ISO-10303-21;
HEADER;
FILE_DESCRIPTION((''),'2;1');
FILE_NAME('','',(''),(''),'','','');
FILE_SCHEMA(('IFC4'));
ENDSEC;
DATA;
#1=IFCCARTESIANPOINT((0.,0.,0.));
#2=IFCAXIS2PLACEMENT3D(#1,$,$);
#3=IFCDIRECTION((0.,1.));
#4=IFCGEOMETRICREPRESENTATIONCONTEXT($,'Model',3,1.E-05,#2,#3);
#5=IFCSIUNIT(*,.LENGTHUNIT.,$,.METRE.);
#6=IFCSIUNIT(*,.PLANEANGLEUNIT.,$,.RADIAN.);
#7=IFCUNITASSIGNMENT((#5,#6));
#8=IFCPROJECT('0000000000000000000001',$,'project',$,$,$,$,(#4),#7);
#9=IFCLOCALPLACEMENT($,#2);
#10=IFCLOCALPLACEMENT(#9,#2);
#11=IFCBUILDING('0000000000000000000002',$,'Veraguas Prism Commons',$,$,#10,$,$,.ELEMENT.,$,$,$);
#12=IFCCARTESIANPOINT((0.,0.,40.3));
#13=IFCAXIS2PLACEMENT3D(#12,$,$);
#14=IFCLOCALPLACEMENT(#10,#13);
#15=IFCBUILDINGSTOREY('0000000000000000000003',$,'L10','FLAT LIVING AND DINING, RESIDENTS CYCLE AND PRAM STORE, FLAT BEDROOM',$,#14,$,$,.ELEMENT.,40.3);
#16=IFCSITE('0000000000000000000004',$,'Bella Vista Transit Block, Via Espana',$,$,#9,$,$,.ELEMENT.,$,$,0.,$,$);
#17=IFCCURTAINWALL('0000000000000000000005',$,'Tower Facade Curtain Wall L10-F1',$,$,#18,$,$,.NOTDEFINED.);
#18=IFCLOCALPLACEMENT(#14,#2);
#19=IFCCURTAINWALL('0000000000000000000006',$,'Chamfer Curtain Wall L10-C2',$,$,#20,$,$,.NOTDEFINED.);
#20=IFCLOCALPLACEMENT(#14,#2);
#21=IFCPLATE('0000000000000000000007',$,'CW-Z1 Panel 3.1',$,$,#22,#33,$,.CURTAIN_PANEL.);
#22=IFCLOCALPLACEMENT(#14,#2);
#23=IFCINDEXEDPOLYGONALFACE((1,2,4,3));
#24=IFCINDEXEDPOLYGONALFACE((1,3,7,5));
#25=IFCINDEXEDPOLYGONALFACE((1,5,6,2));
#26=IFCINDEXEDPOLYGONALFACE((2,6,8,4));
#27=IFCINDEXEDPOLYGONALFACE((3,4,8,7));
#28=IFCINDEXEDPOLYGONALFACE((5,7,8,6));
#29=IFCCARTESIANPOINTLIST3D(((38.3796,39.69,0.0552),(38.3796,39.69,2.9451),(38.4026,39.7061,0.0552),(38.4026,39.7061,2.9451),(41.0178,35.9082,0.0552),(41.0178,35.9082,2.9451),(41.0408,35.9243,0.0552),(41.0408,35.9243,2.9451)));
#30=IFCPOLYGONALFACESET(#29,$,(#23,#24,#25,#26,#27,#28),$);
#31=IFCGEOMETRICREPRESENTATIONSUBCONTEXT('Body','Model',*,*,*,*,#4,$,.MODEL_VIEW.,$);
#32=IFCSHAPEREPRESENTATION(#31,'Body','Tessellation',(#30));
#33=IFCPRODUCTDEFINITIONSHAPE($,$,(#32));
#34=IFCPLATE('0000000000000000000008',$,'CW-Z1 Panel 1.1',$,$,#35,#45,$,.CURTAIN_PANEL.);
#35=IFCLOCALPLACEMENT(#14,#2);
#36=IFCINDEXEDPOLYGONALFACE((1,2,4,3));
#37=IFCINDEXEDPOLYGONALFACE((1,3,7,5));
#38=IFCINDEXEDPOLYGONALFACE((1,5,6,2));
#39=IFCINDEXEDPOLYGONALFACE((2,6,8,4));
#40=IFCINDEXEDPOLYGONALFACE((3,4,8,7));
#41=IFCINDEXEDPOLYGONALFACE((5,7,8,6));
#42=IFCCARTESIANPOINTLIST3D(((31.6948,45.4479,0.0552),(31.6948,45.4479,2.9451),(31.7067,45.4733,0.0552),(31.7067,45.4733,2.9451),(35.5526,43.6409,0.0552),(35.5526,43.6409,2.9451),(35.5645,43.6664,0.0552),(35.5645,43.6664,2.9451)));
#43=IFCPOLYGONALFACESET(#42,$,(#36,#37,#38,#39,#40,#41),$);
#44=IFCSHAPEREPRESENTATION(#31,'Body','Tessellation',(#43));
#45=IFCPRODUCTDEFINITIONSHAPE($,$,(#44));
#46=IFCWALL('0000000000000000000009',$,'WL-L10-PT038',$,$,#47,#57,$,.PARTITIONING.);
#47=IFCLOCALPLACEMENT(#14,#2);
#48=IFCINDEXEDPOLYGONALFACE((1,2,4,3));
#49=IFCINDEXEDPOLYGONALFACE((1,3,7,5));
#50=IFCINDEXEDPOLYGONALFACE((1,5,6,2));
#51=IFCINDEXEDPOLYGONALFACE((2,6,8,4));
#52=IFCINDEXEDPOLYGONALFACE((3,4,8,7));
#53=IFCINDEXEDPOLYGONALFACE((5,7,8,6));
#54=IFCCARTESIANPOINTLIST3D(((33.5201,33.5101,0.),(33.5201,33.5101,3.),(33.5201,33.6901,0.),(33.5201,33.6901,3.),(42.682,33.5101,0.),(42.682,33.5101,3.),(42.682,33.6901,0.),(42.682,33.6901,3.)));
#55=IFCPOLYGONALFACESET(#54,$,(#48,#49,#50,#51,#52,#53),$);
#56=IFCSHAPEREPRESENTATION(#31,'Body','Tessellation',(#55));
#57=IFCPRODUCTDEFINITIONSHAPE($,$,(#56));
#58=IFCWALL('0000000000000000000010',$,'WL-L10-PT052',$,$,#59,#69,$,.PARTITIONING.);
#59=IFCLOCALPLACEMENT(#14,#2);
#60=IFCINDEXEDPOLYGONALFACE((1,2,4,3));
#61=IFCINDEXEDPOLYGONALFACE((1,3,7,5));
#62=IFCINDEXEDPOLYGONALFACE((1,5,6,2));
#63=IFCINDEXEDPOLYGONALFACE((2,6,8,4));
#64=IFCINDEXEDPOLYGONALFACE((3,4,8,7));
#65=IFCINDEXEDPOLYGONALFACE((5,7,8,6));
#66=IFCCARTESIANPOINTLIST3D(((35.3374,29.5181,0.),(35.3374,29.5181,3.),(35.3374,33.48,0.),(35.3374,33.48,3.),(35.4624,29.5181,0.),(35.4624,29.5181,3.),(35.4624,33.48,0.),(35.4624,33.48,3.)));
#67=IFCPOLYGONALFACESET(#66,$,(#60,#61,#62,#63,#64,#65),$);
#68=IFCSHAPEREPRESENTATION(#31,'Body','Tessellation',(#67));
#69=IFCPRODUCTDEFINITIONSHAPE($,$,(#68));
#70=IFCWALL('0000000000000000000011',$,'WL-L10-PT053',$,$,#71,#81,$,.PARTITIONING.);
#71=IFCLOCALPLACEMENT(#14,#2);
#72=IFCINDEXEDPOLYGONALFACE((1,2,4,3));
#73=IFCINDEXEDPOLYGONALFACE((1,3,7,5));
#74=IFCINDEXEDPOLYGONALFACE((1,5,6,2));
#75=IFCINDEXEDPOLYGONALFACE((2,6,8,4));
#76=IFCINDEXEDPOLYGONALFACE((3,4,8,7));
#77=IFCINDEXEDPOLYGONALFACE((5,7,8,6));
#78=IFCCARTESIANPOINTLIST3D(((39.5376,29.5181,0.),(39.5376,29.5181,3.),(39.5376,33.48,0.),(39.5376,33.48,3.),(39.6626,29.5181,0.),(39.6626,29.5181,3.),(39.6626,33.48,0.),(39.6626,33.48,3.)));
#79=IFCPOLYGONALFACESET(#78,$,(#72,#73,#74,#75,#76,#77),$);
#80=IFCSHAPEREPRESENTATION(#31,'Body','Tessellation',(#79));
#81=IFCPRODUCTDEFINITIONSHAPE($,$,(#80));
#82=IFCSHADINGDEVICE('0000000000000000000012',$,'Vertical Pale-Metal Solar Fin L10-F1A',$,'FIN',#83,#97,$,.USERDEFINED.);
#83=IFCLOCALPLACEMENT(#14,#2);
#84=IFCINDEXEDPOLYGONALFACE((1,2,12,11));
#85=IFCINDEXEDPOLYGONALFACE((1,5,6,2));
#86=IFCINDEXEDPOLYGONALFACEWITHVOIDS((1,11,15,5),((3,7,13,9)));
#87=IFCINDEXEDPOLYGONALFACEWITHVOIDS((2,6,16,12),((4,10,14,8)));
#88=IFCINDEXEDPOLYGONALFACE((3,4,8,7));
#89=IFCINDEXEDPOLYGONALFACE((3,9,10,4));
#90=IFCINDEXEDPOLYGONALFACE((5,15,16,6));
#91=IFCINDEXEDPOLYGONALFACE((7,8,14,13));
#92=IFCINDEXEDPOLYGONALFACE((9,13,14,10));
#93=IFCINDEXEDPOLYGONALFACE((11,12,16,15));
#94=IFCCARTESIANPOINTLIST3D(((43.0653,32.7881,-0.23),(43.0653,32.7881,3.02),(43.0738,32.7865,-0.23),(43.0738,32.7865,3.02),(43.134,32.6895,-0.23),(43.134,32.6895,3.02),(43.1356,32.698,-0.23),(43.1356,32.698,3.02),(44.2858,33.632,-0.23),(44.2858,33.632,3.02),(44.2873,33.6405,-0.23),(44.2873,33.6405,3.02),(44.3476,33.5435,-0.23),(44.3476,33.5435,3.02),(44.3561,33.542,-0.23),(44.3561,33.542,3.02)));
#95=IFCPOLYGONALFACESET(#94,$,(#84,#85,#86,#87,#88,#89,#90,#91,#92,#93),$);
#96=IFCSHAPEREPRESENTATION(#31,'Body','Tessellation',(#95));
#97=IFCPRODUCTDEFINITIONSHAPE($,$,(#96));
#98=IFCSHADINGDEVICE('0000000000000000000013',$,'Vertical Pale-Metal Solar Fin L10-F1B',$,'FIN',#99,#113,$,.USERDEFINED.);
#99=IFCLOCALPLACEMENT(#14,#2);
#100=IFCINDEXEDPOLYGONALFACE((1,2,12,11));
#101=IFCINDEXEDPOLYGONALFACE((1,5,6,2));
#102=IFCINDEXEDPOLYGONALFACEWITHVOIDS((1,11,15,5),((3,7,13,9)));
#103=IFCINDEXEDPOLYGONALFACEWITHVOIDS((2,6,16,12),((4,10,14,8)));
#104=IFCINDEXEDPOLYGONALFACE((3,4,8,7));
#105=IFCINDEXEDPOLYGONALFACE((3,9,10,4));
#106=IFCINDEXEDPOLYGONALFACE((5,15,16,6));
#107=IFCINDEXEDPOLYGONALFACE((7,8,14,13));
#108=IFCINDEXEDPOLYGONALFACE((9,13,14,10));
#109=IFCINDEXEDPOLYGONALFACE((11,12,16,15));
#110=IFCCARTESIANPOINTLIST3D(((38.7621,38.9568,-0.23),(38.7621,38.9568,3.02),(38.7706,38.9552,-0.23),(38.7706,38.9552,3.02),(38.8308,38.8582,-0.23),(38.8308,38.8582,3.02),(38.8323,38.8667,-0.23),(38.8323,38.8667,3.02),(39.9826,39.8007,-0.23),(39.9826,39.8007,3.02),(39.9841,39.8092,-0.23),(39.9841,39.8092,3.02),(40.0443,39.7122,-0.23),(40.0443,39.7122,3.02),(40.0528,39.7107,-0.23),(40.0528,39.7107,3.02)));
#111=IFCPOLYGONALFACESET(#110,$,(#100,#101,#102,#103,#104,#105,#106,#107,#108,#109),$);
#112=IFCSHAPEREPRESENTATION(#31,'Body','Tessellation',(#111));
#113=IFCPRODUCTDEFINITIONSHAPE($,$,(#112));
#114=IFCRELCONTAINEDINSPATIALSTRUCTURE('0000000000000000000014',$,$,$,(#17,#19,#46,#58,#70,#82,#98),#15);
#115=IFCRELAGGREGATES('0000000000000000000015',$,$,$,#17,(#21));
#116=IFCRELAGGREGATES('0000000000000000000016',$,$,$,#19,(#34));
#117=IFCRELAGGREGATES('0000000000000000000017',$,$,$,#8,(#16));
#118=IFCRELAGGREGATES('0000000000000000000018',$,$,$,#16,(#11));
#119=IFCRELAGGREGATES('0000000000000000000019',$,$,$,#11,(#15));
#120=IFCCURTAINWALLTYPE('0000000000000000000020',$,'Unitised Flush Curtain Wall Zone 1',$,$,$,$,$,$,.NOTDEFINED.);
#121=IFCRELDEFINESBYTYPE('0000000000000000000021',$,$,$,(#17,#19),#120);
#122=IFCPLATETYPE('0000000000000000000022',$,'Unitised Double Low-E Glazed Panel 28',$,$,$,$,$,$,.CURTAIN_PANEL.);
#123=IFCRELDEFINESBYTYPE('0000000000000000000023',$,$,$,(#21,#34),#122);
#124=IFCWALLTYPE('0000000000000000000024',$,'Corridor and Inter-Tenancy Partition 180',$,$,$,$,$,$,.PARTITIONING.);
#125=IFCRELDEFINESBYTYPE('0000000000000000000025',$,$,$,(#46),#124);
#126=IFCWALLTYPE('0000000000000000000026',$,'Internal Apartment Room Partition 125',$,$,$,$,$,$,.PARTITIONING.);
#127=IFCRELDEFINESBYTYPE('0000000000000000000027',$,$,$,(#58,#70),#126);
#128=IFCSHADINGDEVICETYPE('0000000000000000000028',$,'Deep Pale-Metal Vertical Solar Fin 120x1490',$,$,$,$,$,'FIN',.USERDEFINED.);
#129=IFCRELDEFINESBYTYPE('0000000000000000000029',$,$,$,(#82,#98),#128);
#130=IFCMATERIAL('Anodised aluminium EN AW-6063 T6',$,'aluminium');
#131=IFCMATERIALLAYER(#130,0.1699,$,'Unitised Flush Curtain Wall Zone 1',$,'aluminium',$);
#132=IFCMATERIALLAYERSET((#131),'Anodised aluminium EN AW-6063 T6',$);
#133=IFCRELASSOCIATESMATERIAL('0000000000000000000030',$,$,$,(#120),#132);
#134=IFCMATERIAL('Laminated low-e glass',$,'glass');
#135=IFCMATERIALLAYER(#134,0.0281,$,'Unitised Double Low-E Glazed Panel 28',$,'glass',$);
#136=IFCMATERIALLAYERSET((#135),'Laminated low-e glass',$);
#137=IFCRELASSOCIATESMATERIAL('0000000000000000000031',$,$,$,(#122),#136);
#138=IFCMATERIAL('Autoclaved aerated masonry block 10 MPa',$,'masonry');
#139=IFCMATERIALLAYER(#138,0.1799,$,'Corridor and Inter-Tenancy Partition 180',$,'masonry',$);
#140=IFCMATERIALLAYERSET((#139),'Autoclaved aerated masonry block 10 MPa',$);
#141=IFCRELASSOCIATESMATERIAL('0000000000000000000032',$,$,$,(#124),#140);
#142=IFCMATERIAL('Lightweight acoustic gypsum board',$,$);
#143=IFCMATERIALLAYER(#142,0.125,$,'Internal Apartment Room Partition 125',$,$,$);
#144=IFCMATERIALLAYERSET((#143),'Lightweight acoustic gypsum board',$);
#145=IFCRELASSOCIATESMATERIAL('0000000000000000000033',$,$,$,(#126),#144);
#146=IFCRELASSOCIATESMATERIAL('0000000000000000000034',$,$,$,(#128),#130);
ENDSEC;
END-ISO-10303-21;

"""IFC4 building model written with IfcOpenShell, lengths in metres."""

from ifc_helpers import new_model, si_unit, direction, frame, frame_2d, origin, origin_2d, place, context, subcontext, project, spatial, rectangle, hollow_rectangle, extrude, source, transform, mapped, material, layer, layer_set, material_profile, profile_set, type_object, element, aggregate, save


model = new_model("IFC4")

# Units and contexts
model_context = context("Model", 3, precision=1e-05, world=origin(), true_north=direction((0.0, 1.0)))
body_context = subcontext(model_context, "Body", "Model", "MODEL_VIEW")
ifc_project = project(units=[si_unit("LENGTHUNIT", "METRE"), si_unit("PLANEANGLEUNIT", "RADIAN")], contexts=[model_context])

# Site, building, storey
site_placement = place(None, origin())
site = spatial("IfcSite", under=ifc_project, at=site_placement, Name="Bella Vista Transit Block, Via Espana", CompositionType="ELEMENT", RefElevation=0.0)
building_placement = place(site_placement, origin())
building = spatial("IfcBuilding", under=site, at=building_placement, Name="Veraguas Prism Commons", CompositionType="ELEMENT")
storey_placement = place(building_placement, frame((0.0, 0.0, 40.3)))
storey = spatial("IfcBuildingStorey", under=building, at=storey_placement, Name="L10", Description="FLAT LIVING AND DINING, RESIDENTS CYCLE AND PRAM STORE, FLAT BEDROOM", CompositionType="ELEMENT", Elevation=40.3)

# Curtain walls
ifc_material_1 = material(Name="Anodised aluminium EN AW-6063 T6", Category="aluminium")
ifc_layer_1 = layer(ifc_material_1, 0.1699, Name="Unitised Flush Curtain Wall Zone 1", Category="aluminium")
ifc_layer_set_1 = layer_set([ifc_layer_1], Name="Anodised aluminium EN AW-6063 T6")
curtain_wall_type = type_object("IfcCurtainWallType", Name="Unitised Flush Curtain Wall Zone 1", PredefinedType="NOTDEFINED", material=ifc_layer_set_1)
curtain_wall_1_placement = place(storey_placement, origin())
curtain_wall_1 = element("IfcCurtainWall", 1, at=curtain_wall_1_placement, inside=storey, type_object=curtain_wall_type, Name="Tower Facade Curtain Wall L10-F1", PredefinedType="NOTDEFINED")
curtain_wall_2_placement = place(storey_placement, origin())
curtain_wall_2 = element("IfcCurtainWall", 2, at=curtain_wall_2_placement, inside=storey, type_object=curtain_wall_type, Name="Chamfer Curtain Wall L10-C2", PredefinedType="NOTDEFINED")

# Plates
ifc_material_2 = material(Name="Laminated low-e glass", Category="glass")
ifc_layer_2 = layer(ifc_material_2, 0.0281, Name="Unitised Double Low-E Glazed Panel 28", Category="glass")
ifc_layer_set_2 = layer_set([ifc_layer_2], Name="Laminated low-e glass")
plate_type = type_object("IfcPlateType", Name="Unitised Double Low-E Glazed Panel 28", PredefinedType="CURTAIN_PANEL", material=ifc_layer_set_2)
shared_shape_1 = source(origin(), body_context, "Body", "SweptSolid", [
    extrude(rectangle(XDim=4.6111, YDim=0.0281, at=origin_2d()), origin(), (0.0, 0.0, 1.0), 2.8899),
])
plate_1_placement = place(storey_placement, frame((39.7102, 37.8071, 0.0552), z_axis=(0.0, 0.0, 1.0), x_axis=(-0.572146, 0.820152, 0.0)))
plate_1 = element("IfcPlate", 3, at=plate_1_placement, type_object=plate_type, Name="CW-Z1 Panel 3.1", PredefinedType="CURTAIN_PANEL", context=body_context, shape_type="MappedRepresentation", body=[
    mapped(shared_shape_1, transform((0.0, 0.0, 0.0), scale=1.0)),
])
aggregate(curtain_wall_1, [plate_1])
shared_shape_2 = source(origin(), body_context, "Body", "SweptSolid", [
    extrude(rectangle(XDim=4.26, YDim=0.0281, at=origin_2d()), origin(), (0.0, 0.0, 1.0), 2.8899),
])
plate_2_placement = place(storey_placement, frame((33.6296, 44.5571, 0.0552), z_axis=(0.0, 0.0, 1.0), x_axis=(-0.905581, 0.424173, 0.0)))
plate_2 = element("IfcPlate", 4, at=plate_2_placement, type_object=plate_type, Name="CW-Z1 Panel 1.1", PredefinedType="CURTAIN_PANEL", context=body_context, shape_type="MappedRepresentation", body=[
    mapped(shared_shape_2, transform((0.0, 0.0, 0.0), scale=1.0)),
])
aggregate(curtain_wall_2, [plate_2])

# Walls
ifc_material_3 = material(Name="Autoclaved aerated masonry block 10 MPa", Category="masonry")
ifc_layer_3 = layer(ifc_material_3, 0.1799, Name="Corridor and Inter-Tenancy Partition 180", Category="masonry")
ifc_layer_set_3 = layer_set([ifc_layer_3], Name="Autoclaved aerated masonry block 10 MPa")
wall_type_1 = type_object("IfcWallType", Name="Corridor and Inter-Tenancy Partition 180", PredefinedType="PARTITIONING", material=ifc_layer_set_3)
wall_placement = place(storey_placement, frame((33.52, 33.6001, 0.0), z_axis=(0.0, 0.0, 1.0), x_axis=(1.0, 0.0, 0.0)))
element("IfcWall", 5, at=wall_placement, inside=storey, type_object=wall_type_1, Name="WL-L10-PT038", PredefinedType="PARTITIONING", context=body_context, shape_type="SweptSolid", body=[
    extrude(rectangle(XDim=9.1619, YDim=0.1799, at=frame_2d((4.5811, 0.0))), origin(), (0.0, 0.0, 1.0), 3.0),
])
ifc_material_4 = material(Name="Lightweight acoustic gypsum board")
ifc_layer_4 = layer(ifc_material_4, 0.125, Name="Internal Apartment Room Partition 125")
ifc_layer_set_4 = layer_set([ifc_layer_4], Name="Lightweight acoustic gypsum board")
wall_type_2 = type_object("IfcWallType", Name="Internal Apartment Room Partition 125", PredefinedType="PARTITIONING", material=ifc_layer_set_4)
for number, where, z_axis, x_axis, name in (
    (6, (35.3999, 29.5181, 0.0), (0.0, 0.0, 1.0), (0.0, 1.0, 0.0), "WL-L10-PT052"),
    (7, (39.6001, 29.5181, 0.0), (0.0, 0.0, 1.0), (0.0, 1.0, 0.0), "WL-L10-PT053"),
):
    element("IfcWall", number, at=place(storey_placement, frame(where, z_axis=z_axis, x_axis=x_axis)), inside=storey, type_object=wall_type_2, Name=name, PredefinedType="PARTITIONING", context=body_context, shape_type="SweptSolid", body=[
        extrude(rectangle(XDim=3.9619, YDim=0.125, at=frame_2d((1.981, 0.0))), origin(), (0.0, 0.0, 1.0), 3.0),
    ])

# Shading devices
ifc_material_profile_1 = material_profile(ifc_material_1, hollow_rectangle(XDim=0.1201, YDim=1.49, WallThickness=0.0061, at=origin_2d()), Name="FIN120X1490X6")
ifc_profile_set_1 = profile_set([ifc_material_profile_1], Name="Anodised aluminium EN AW-6063 T6")
shading_device_type = type_object("IfcShadingDeviceType", Name="Deep Pale-Metal Vertical Solar Fin 120x1490", ElementType="FIN", PredefinedType="USERDEFINED", material=ifc_profile_set_1)
for number, where, z_axis, x_axis, name in (
    (8, (43.7107, 33.165, -0.23), (0.0, 0.0, 1.0), (-0.572144, 0.820153, 0.0), "Vertical Pale-Metal Solar Fin L10-F1A"),
    (9, (39.4075, 39.3337, -0.23), (0.0, 0.0, 1.0), (-0.572144, 0.820153, 0.0), "Vertical Pale-Metal Solar Fin L10-F1B"),
):
    element("IfcShadingDevice", number, at=place(storey_placement, frame(where, z_axis=z_axis, x_axis=x_axis)), inside=storey, type_object=shading_device_type, Name=name, ObjectType="FIN", PredefinedType="USERDEFINED", context=body_context, shape_type="SweptSolid", body=[
        extrude(hollow_rectangle(XDim=0.1201, YDim=1.49, WallThickness=0.0061, at=origin_2d()), origin(), (0.0, 0.0, 1.0), 3.25),
    ])

save(model, "model.ifc")
